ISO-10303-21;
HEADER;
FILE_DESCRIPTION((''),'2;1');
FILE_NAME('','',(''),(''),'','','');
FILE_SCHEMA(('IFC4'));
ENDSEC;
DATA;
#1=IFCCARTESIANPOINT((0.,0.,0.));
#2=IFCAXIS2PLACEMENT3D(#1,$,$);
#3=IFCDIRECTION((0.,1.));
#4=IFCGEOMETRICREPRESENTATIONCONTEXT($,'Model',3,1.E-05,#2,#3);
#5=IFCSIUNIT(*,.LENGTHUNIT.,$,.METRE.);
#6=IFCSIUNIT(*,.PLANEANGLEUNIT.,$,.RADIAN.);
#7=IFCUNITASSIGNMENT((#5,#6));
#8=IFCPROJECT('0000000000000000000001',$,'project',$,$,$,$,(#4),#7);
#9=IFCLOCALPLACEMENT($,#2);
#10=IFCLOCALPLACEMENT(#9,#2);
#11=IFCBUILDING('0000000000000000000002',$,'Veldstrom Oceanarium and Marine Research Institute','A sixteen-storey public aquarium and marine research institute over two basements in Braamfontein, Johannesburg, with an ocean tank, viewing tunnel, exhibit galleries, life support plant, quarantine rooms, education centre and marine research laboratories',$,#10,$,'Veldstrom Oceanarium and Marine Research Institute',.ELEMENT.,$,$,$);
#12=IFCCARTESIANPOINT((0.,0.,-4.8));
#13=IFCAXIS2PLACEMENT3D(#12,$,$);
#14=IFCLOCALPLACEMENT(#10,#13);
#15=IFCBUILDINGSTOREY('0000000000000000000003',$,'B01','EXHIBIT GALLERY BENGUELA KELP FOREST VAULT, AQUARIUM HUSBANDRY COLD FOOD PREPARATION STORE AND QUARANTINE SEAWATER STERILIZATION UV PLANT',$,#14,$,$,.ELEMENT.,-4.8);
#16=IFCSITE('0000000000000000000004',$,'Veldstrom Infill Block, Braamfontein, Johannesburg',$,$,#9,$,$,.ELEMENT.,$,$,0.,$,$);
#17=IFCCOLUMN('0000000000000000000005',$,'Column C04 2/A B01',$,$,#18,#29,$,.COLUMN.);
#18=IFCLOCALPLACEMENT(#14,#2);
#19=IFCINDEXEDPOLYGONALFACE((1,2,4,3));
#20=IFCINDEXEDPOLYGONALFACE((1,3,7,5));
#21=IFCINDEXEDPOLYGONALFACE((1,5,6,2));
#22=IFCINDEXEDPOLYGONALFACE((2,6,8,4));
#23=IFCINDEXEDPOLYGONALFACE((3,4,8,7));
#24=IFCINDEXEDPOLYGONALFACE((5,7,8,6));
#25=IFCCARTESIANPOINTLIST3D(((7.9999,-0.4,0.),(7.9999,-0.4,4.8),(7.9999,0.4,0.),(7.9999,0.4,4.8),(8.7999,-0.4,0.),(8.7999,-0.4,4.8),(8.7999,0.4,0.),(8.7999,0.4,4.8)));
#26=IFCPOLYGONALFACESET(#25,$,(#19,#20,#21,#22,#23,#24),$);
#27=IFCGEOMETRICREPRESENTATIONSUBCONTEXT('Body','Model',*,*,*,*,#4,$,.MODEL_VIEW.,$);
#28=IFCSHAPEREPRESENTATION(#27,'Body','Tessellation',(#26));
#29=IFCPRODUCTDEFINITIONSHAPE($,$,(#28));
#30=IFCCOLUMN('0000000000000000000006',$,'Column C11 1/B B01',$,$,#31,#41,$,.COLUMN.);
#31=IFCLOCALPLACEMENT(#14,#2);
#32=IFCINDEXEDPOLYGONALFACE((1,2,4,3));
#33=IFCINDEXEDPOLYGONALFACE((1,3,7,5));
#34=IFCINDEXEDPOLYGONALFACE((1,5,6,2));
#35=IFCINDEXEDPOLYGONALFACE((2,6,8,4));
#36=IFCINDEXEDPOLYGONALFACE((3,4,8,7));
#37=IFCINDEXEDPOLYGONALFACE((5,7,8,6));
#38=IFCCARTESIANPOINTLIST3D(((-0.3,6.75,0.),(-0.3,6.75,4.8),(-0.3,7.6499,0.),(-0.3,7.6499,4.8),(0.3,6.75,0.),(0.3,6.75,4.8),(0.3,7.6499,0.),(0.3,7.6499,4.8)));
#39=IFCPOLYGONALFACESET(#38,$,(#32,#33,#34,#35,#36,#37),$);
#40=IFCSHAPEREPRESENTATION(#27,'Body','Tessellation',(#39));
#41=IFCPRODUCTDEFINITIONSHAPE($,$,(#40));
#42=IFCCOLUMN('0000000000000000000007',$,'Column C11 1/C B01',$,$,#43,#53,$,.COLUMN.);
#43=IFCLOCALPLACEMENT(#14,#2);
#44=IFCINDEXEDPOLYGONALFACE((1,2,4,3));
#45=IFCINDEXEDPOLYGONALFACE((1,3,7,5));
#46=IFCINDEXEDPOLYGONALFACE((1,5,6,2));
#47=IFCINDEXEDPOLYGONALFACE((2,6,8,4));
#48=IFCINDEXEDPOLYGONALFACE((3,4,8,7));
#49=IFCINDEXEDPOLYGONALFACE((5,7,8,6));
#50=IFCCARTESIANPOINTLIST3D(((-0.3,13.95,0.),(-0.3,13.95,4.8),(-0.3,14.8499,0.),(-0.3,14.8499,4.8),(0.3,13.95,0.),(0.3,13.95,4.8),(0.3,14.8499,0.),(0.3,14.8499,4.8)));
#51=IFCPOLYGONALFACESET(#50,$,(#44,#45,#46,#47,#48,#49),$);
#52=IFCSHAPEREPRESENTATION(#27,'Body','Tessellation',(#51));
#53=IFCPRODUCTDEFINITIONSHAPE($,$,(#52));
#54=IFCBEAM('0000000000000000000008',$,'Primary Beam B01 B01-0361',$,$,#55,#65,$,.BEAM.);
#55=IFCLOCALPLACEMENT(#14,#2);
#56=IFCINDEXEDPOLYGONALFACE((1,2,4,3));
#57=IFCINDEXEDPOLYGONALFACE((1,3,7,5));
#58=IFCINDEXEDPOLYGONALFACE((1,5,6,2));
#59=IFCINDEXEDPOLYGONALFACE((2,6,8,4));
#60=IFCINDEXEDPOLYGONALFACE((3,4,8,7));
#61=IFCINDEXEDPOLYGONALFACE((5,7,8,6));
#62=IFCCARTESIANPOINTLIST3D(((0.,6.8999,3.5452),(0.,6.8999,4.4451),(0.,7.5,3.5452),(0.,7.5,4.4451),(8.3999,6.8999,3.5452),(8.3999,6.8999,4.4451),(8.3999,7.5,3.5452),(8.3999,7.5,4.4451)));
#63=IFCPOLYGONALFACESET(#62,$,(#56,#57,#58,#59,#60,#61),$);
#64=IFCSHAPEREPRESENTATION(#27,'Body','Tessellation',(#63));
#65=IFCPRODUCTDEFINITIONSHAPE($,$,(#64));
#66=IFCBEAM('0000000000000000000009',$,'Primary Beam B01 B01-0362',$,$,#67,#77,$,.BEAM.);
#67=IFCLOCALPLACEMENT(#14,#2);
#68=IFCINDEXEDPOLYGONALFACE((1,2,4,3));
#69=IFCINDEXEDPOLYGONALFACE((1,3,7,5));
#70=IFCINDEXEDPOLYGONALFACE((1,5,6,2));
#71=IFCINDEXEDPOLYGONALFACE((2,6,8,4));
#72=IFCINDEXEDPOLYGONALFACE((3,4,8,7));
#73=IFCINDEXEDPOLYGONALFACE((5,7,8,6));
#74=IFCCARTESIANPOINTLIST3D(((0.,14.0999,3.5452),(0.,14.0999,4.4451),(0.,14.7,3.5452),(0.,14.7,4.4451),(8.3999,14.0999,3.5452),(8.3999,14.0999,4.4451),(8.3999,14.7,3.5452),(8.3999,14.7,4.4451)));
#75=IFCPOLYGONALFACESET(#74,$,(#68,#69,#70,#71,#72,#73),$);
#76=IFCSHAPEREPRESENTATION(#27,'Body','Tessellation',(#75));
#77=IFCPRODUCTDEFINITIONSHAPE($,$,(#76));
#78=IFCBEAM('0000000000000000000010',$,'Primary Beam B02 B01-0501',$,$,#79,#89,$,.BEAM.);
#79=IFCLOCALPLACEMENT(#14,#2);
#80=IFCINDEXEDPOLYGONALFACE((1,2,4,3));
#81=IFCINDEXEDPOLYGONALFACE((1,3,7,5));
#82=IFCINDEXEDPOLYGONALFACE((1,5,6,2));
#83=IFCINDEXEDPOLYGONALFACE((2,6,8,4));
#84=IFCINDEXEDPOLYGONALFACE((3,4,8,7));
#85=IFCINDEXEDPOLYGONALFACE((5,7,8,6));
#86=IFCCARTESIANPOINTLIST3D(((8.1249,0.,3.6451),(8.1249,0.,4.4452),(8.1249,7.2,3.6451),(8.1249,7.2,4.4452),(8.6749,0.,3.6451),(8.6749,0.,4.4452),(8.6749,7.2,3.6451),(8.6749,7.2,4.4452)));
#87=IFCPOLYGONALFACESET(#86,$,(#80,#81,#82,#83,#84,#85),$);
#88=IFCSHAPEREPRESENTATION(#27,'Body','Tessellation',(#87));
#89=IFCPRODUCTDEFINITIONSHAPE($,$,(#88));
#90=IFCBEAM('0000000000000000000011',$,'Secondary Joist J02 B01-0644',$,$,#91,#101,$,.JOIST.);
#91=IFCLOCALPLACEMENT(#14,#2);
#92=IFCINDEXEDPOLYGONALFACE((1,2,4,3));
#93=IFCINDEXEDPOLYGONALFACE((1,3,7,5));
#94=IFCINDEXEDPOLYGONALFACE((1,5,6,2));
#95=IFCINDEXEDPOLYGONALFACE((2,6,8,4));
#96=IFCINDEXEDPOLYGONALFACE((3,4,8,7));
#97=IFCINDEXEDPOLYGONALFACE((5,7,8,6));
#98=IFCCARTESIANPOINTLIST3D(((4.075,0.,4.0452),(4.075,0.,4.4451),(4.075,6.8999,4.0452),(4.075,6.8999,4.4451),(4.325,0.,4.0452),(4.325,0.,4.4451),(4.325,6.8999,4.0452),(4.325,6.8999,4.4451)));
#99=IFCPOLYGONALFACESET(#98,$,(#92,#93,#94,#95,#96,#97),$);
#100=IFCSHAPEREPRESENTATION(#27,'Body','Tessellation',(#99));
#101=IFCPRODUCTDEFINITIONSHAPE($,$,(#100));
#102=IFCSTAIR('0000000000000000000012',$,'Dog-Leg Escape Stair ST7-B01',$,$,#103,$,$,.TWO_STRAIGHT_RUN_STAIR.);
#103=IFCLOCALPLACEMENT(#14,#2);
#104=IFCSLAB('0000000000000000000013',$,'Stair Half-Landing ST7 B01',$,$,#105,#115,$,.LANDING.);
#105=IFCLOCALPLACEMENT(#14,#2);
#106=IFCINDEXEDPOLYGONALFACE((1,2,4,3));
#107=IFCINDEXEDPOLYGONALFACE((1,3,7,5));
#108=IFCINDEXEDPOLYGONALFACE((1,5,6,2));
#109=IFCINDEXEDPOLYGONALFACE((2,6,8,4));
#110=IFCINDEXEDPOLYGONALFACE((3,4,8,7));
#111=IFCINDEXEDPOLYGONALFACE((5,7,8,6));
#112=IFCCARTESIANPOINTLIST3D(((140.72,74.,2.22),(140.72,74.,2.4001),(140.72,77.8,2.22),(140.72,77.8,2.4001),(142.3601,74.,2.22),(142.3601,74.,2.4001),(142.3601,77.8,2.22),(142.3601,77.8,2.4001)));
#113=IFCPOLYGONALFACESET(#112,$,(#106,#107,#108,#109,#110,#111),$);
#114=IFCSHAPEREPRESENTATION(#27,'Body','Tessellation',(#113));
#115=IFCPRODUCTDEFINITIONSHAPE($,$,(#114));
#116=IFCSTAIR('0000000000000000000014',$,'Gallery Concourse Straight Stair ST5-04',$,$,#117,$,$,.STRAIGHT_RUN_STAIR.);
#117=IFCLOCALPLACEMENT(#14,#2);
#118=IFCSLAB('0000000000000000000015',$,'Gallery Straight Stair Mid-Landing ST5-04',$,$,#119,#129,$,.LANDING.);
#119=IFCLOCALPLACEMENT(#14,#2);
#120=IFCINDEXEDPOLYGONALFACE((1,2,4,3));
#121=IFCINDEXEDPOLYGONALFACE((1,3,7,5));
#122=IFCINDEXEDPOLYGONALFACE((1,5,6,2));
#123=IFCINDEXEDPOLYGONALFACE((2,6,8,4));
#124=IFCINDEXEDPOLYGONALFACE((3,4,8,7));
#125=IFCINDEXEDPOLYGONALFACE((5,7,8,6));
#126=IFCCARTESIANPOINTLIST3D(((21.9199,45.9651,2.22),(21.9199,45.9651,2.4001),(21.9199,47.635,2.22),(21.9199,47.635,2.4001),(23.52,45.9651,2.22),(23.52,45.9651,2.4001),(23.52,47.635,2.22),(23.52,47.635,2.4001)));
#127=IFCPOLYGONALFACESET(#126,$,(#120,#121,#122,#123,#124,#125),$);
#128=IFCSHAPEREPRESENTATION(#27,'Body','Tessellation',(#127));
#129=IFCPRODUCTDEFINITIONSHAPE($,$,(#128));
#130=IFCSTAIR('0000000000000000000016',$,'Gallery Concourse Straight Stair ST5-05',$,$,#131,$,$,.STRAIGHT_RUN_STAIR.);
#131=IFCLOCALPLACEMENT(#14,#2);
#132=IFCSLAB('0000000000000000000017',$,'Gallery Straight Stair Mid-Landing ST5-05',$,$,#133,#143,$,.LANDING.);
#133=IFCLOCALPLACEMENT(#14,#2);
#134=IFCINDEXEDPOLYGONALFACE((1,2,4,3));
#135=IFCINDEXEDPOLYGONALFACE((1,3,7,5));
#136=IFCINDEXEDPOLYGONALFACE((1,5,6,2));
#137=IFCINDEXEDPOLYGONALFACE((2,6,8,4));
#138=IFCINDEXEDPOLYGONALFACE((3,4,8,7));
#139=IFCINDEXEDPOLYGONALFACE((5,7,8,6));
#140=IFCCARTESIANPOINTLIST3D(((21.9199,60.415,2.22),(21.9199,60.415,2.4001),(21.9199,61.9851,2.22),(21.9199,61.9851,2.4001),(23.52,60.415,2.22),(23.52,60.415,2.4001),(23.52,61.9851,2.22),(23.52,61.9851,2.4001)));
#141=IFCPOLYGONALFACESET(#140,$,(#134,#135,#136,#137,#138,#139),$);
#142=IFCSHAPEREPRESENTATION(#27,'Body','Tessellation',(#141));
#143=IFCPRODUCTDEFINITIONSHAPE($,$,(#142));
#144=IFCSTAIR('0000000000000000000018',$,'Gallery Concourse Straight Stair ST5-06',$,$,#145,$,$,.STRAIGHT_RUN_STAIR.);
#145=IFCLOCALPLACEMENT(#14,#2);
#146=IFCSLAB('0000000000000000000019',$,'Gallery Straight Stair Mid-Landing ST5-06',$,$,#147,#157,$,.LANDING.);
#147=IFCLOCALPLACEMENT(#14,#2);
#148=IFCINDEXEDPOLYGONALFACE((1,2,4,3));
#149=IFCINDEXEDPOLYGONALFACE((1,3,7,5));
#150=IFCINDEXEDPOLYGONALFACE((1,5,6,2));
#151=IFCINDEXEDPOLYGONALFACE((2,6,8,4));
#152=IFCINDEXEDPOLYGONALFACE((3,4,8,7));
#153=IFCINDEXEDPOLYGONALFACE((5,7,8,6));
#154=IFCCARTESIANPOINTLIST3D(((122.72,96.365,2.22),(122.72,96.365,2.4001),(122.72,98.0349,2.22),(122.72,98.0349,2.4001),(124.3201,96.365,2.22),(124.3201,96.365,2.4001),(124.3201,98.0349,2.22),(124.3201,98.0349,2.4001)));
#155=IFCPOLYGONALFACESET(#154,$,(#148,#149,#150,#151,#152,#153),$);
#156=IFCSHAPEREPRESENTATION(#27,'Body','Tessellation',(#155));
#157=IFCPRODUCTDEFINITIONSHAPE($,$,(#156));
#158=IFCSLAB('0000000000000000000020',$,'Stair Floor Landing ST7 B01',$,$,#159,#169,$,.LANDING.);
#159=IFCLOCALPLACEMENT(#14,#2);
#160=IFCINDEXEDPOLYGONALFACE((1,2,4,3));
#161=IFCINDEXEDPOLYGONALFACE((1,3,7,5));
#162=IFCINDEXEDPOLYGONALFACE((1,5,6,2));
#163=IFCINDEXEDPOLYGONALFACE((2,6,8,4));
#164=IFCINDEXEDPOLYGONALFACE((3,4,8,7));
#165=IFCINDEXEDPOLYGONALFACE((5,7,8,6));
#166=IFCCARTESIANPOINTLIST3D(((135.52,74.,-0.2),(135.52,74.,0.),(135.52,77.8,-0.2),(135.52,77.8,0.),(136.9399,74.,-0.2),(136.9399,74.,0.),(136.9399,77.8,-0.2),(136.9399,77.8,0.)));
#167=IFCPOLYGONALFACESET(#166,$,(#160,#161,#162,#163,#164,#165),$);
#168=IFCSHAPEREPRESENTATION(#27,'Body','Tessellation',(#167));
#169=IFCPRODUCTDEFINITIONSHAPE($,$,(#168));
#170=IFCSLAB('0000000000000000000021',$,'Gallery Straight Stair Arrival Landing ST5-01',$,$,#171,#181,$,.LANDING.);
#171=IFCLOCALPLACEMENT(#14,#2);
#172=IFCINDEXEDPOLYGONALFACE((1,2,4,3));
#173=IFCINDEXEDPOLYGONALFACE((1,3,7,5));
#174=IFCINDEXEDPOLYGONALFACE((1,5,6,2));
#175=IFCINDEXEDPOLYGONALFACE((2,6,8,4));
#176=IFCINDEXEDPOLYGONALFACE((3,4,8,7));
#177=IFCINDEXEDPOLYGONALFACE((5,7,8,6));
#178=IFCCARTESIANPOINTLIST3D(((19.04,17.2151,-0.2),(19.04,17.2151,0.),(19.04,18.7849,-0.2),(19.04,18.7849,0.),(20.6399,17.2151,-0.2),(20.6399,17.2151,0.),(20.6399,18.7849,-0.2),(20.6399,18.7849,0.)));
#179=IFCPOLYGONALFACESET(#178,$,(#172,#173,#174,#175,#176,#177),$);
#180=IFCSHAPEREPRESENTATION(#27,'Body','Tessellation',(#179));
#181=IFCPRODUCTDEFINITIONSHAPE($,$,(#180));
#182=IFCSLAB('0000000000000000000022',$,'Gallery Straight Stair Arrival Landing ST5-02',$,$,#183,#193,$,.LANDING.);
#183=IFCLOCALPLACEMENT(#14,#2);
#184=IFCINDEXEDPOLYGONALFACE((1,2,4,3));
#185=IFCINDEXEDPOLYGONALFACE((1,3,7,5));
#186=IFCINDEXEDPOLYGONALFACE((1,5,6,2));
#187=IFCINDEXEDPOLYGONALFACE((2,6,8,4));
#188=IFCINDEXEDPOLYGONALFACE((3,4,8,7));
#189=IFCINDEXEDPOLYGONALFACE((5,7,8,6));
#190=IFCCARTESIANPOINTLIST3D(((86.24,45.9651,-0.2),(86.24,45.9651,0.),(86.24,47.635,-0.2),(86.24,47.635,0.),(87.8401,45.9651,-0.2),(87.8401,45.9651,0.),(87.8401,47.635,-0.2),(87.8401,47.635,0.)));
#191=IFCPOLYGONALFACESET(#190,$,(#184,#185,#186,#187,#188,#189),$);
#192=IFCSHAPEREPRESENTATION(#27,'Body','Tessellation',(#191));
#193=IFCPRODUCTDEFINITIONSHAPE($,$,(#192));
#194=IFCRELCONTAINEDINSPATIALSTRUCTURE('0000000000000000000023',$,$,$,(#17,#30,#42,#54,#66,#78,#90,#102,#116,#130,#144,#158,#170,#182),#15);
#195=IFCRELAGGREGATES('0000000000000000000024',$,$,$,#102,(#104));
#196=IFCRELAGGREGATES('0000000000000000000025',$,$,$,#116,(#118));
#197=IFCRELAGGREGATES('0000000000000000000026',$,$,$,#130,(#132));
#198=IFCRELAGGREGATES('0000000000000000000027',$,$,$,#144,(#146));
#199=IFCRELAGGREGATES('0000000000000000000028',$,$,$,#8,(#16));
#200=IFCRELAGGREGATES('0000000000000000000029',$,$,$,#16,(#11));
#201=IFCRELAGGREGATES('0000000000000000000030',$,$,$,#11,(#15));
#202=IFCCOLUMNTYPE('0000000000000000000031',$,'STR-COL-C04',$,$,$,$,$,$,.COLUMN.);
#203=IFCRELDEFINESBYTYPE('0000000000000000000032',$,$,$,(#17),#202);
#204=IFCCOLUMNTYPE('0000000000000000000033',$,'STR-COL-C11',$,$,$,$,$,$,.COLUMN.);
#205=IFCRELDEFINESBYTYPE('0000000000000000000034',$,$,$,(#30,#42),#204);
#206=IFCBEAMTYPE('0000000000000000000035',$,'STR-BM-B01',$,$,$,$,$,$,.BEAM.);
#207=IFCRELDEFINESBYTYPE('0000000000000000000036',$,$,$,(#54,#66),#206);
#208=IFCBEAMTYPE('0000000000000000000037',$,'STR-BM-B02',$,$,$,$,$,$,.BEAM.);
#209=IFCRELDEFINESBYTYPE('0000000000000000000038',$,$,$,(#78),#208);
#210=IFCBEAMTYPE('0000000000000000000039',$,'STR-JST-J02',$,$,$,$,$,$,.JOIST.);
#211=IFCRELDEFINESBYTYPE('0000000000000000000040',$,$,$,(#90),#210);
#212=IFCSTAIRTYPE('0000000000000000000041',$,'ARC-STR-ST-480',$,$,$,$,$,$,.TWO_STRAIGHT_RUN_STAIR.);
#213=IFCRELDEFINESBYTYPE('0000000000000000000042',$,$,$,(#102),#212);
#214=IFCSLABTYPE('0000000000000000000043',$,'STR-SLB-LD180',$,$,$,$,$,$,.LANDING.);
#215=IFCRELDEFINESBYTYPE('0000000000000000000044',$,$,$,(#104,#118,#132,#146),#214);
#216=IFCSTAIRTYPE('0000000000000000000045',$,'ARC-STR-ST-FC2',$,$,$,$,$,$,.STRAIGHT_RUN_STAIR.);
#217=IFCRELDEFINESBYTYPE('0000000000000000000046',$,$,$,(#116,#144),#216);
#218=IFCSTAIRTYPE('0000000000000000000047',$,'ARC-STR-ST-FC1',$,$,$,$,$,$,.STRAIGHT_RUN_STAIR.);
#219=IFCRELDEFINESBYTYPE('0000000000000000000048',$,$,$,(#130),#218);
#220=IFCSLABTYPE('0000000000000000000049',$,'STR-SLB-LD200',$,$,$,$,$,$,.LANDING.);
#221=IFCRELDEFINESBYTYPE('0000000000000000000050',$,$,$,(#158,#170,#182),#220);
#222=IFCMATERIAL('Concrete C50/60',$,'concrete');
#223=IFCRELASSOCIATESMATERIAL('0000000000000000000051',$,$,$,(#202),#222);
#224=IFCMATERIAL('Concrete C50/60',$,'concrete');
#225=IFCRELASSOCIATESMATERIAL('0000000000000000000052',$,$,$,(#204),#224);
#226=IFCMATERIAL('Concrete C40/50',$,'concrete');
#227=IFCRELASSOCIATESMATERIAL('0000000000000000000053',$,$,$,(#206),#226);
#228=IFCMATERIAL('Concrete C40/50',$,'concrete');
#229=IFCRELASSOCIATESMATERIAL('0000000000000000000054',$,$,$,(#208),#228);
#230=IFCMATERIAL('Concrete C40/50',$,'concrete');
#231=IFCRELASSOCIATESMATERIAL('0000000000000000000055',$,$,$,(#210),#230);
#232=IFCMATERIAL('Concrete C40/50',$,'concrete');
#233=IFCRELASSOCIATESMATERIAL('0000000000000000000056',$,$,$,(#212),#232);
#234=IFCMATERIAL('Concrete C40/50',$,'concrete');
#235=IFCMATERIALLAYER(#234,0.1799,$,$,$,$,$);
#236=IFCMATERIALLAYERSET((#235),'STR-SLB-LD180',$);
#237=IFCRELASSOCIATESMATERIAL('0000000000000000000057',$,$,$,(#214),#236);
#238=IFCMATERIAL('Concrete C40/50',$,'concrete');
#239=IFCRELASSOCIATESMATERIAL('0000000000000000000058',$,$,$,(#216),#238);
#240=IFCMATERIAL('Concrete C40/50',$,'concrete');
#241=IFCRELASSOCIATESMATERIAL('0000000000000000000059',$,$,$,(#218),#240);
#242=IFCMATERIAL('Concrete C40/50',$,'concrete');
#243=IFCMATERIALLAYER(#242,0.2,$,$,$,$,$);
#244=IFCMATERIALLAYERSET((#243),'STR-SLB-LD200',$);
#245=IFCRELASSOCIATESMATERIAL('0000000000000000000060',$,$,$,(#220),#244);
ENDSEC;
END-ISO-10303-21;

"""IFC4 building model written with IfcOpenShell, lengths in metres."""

from ifc_helpers import new_model, si_unit, direction, frame, origin, origin_2d, place, context, subcontext, project, spatial, polyline, rectangle, outline, extrude, material, layer, layer_set, material_profile, profile_set, type_object, element, aggregate, save


model = new_model("IFC4")

# Units and contexts
model_context = context("Model", 3, precision=1e-05, world=origin(), true_north=direction((0.0, 1.0)))
body_context = subcontext(model_context, "Body", "Model", "MODEL_VIEW")
ifc_project = project(units=[si_unit("LENGTHUNIT", "METRE"), si_unit("PLANEANGLEUNIT", "RADIAN")], contexts=[model_context])

# Site, building, storey
site_placement = place(None, origin())
site = spatial("IfcSite", under=ifc_project, at=site_placement, Name="Veldstrom Infill Block, Braamfontein, Johannesburg", CompositionType="ELEMENT", RefElevation=0.0)
building_placement = place(site_placement, origin())
building = spatial("IfcBuilding", under=site, at=building_placement, Name="Veldstrom Oceanarium and Marine Research Institute", Description="A sixteen-storey public aquarium and marine research institute over two basements in Braamfontein, Johannesburg, with an ocean tank, viewing tunnel, exhibit galleries, life support plant, quarantine rooms, education centre and marine research laboratories", LongName="Veldstrom Oceanarium and Marine Research Institute", CompositionType="ELEMENT")
storey_placement = place(building_placement, frame((0.0, 0.0, -4.8)))
storey = spatial("IfcBuildingStorey", under=building, at=storey_placement, Name="B01", Description="EXHIBIT GALLERY BENGUELA KELP FOREST VAULT, AQUARIUM HUSBANDRY COLD FOOD PREPARATION STORE AND QUARANTINE SEAWATER STERILIZATION UV PLANT", CompositionType="ELEMENT", Elevation=-4.8)

# Columns
ifc_material_1 = material(Name="Concrete C50/60", Category="concrete")
ifc_material_profile_1 = material_profile(ifc_material_1, rectangle(XDim=0.8, YDim=0.8, at=origin_2d()), Name="RC-COL-800x800")
ifc_profile_set_1 = profile_set([ifc_material_profile_1], Name="Concrete C50/60")
column_type_1 = type_object("IfcColumnType", Name="STR-COL-C04", PredefinedType="COLUMN", material=ifc_profile_set_1)
column_placement = place(storey_placement, frame((8.3999, 0.0, 0.0), z_axis=(0.0, 0.0, 1.0), x_axis=(1.0, 0.0, 0.0)))
element("IfcColumn", 1, at=column_placement, inside=storey, type_object=column_type_1, Name="Column C04 2/A B01", PredefinedType="COLUMN", context=body_context, shape_type="SweptSolid", body=[
    extrude(rectangle(XDim=0.8, YDim=0.8, at=origin_2d()), origin(), (0.0, 0.0, 1.0), 4.8),
])
ifc_material_2 = material(Name="Concrete C50/60", Category="concrete")
ifc_material_profile_2 = material_profile(ifc_material_2, rectangle(XDim=0.6001, YDim=0.8999, at=origin_2d()), Name="RC-COL-900x600")
ifc_profile_set_2 = profile_set([ifc_material_profile_2], Name="Concrete C50/60")
column_type_2 = type_object("IfcColumnType", Name="STR-COL-C11", PredefinedType="COLUMN", material=ifc_profile_set_2)
for number, where, z_axis, x_axis, name in (
    (2, (0.0, 7.2, 0.0), (0.0, 0.0, 1.0), (1.0, 0.0, 0.0), "Column C11 1/B B01"),
    (3, (0.0, 14.3999, 0.0), (0.0, 0.0, 1.0), (1.0, 0.0, 0.0), "Column C11 1/C B01"),
):
    element("IfcColumn", number, at=place(storey_placement, frame(where, z_axis=z_axis, x_axis=x_axis)), inside=storey, type_object=column_type_2, Name=name, PredefinedType="COLUMN", context=body_context, shape_type="SweptSolid", body=[
        extrude(rectangle(XDim=0.6001, YDim=0.8999, at=origin_2d()), origin(), (0.0, 0.0, 1.0), 4.8),
    ])

# Beams
ifc_material_3 = material(Name="Concrete C40/50", Category="concrete")
ifc_material_profile_3 = material_profile(ifc_material_3, rectangle(XDim=0.6001, YDim=0.8999, at=origin_2d()), Name="RC-BM-600x900")
ifc_profile_set_3 = profile_set([ifc_material_profile_3], Name="Concrete C40/50")
beam_type_1 = type_object("IfcBeamType", Name="STR-BM-B01", PredefinedType="BEAM", material=ifc_profile_set_3)
for number, where, z_axis, x_axis, name in (
    (4, (0.0, 7.2, 3.9951), (1.0, 0.0, 0.0), (0.0, 1.0, 0.0), "Primary Beam B01 B01-0361"),
    (5, (0.0, 14.3999, 3.9951), (1.0, 0.0, 0.0), (0.0, 1.0, 0.0), "Primary Beam B01 B01-0362"),
):
    element("IfcBeam", number, at=place(storey_placement, frame(where, z_axis=z_axis, x_axis=x_axis)), inside=storey, type_object=beam_type_1, Name=name, PredefinedType="BEAM", context=body_context, shape_type="SweptSolid", body=[
        extrude(rectangle(XDim=0.6001, YDim=0.8999, at=origin_2d()), origin(), (0.0, 0.0, 1.0), 8.3999),
    ])
ifc_material_4 = material(Name="Concrete C40/50", Category="concrete")
ifc_material_profile_4 = material_profile(ifc_material_4, rectangle(XDim=0.55, YDim=0.8, at=origin_2d()), Name="RC-BM-550x800")
ifc_profile_set_4 = profile_set([ifc_material_profile_4], Name="Concrete C40/50")
beam_type_2 = type_object("IfcBeamType", Name="STR-BM-B02", PredefinedType="BEAM", material=ifc_profile_set_4)
beam_1_placement = place(storey_placement, frame((8.3999, 0.0, 4.0452), z_axis=(0.0, 1.0, 0.0), x_axis=(-1.0, 0.0, 0.0)))
element("IfcBeam", 6, at=beam_1_placement, inside=storey, type_object=beam_type_2, Name="Primary Beam B02 B01-0501", PredefinedType="BEAM", context=body_context, shape_type="SweptSolid", body=[
    extrude(rectangle(XDim=0.55, YDim=0.8, at=origin_2d()), origin(), (0.0, 0.0, 1.0), 7.2),
])
ifc_material_5 = material(Name="Concrete C40/50", Category="concrete")
ifc_material_profile_5 = material_profile(ifc_material_5, rectangle(XDim=0.25, YDim=0.3999, at=origin_2d()), Name="RC-JST-250x400")
ifc_profile_set_5 = profile_set([ifc_material_profile_5], Name="Concrete C40/50")
beam_type_3 = type_object("IfcBeamType", Name="STR-JST-J02", PredefinedType="JOIST", material=ifc_profile_set_5)
beam_2_placement = place(storey_placement, frame((4.2, 0.0, 4.2451), z_axis=(0.0, 1.0, 0.0), x_axis=(-1.0, 0.0, 0.0)))
element("IfcBeam", 7, at=beam_2_placement, inside=storey, type_object=beam_type_3, Name="Secondary Joist J02 B01-0644", PredefinedType="JOIST", context=body_context, shape_type="SweptSolid", body=[
    extrude(rectangle(XDim=0.25, YDim=0.3999, at=origin_2d()), origin(), (0.0, 0.0, 1.0), 6.8999),
])

# Stairs, slabs
ifc_material_6 = material(Name="Concrete C40/50", Category="concrete")
stair_type_1 = type_object("IfcStairType", Name="ARC-STR-ST-480", PredefinedType="TWO_STRAIGHT_RUN_STAIR", material=ifc_material_6)
stair_1_placement = place(storey_placement, origin())
stair_1 = element("IfcStair", 8, at=stair_1_placement, inside=storey, type_object=stair_type_1, Name="Dog-Leg Escape Stair ST7-B01", PredefinedType="TWO_STRAIGHT_RUN_STAIR")
ifc_material_7 = material(Name="Concrete C40/50", Category="concrete")
ifc_layer_1 = layer(ifc_material_7, 0.1799)
ifc_layer_set_1 = layer_set([ifc_layer_1], Name="STR-SLB-LD180")
slab_type_1 = type_object("IfcSlabType", Name="STR-SLB-LD180", PredefinedType="LANDING", material=ifc_layer_set_1)
slab_1_placement = place(storey_placement, frame((0.0, 0.0, 2.22)))
slab_1 = element("IfcSlab", 9, at=slab_1_placement, type_object=slab_type_1, Name="Stair Half-Landing ST7 B01", PredefinedType="LANDING", context=body_context, shape_type="SweptSolid", body=[
    extrude(outline(polyline([(140.72, 74.0), (142.3601, 74.0), (142.3601, 77.8), (140.72, 77.8), (140.72, 74.0)])), origin(), (0.0, 0.0, 1.0), 0.1802),
])
aggregate(stair_1, [slab_1])
ifc_material_8 = material(Name="Concrete C40/50", Category="concrete")
stair_type_2 = type_object("IfcStairType", Name="ARC-STR-ST-FC2", PredefinedType="STRAIGHT_RUN_STAIR", material=ifc_material_8)
stair_2_placement = place(storey_placement, origin())
stair_2 = element("IfcStair", 10, at=stair_2_placement, inside=storey, type_object=stair_type_2, Name="Gallery Concourse Straight Stair ST5-04", PredefinedType="STRAIGHT_RUN_STAIR")
slab_2_placement = place(storey_placement, frame((0.0, 0.0, 2.22)))
slab_2 = element("IfcSlab", 11, at=slab_2_placement, type_object=slab_type_1, Name="Gallery Straight Stair Mid-Landing ST5-04", PredefinedType="LANDING", context=body_context, shape_type="SweptSolid", body=[
    extrude(outline(polyline([(21.9199, 45.9651), (23.52, 45.9651), (23.52, 47.635), (21.9199, 47.635), (21.9199, 45.9651)])), origin(), (0.0, 0.0, 1.0), 0.1802),
])
aggregate(stair_2, [slab_2])
ifc_material_9 = material(Name="Concrete C40/50", Category="concrete")
stair_type_3 = type_object("IfcStairType", Name="ARC-STR-ST-FC1", PredefinedType="STRAIGHT_RUN_STAIR", material=ifc_material_9)
stair_3_placement = place(storey_placement, origin())
stair_3 = element("IfcStair", 12, at=stair_3_placement, inside=storey, type_object=stair_type_3, Name="Gallery Concourse Straight Stair ST5-05", PredefinedType="STRAIGHT_RUN_STAIR")
slab_3_placement = place(storey_placement, frame((0.0, 0.0, 2.22)))
slab_3 = element("IfcSlab", 13, at=slab_3_placement, type_object=slab_type_1, Name="Gallery Straight Stair Mid-Landing ST5-05", PredefinedType="LANDING", context=body_context, shape_type="SweptSolid", body=[
    extrude(outline(polyline([(21.9199, 60.415), (23.52, 60.415), (23.52, 61.9851), (21.9199, 61.9851), (21.9199, 60.415)])), origin(), (0.0, 0.0, 1.0), 0.1802),
])
aggregate(stair_3, [slab_3])
stair_4_placement = place(storey_placement, origin())
stair_4 = element("IfcStair", 14, at=stair_4_placement, inside=storey, type_object=stair_type_2, Name="Gallery Concourse Straight Stair ST5-06", PredefinedType="STRAIGHT_RUN_STAIR")
slab_4_placement = place(storey_placement, frame((0.0, 0.0, 2.22)))
slab_4 = element("IfcSlab", 15, at=slab_4_placement, type_object=slab_type_1, Name="Gallery Straight Stair Mid-Landing ST5-06", PredefinedType="LANDING", context=body_context, shape_type="SweptSolid", body=[
    extrude(outline(polyline([(122.72, 96.365), (124.3201, 96.365), (124.3201, 98.0349), (122.72, 98.0349), (122.72, 96.365)])), origin(), (0.0, 0.0, 1.0), 0.1802),
])
aggregate(stair_4, [slab_4])

# Slabs
ifc_material_10 = material(Name="Concrete C40/50", Category="concrete")
ifc_layer_2 = layer(ifc_material_10, 0.2)
ifc_layer_set_2 = layer_set([ifc_layer_2], Name="STR-SLB-LD200")
slab_type_2 = type_object("IfcSlabType", Name="STR-SLB-LD200", PredefinedType="LANDING", material=ifc_layer_set_2)
slab_5_placement = place(storey_placement, frame((0.0, 0.0, -0.2)))
element("IfcSlab", 16, at=slab_5_placement, inside=storey, type_object=slab_type_2, Name="Stair Floor Landing ST7 B01", PredefinedType="LANDING", context=body_context, shape_type="SweptSolid", body=[
    extrude(outline(polyline([(135.52, 74.0), (136.9399, 74.0), (136.9399, 77.8), (135.52, 77.8), (135.52, 74.0)])), origin(), (0.0, 0.0, 1.0), 0.2),
])
slab_6_placement = place(storey_placement, frame((0.0, 0.0, -0.2)))
element("IfcSlab", 17, at=slab_6_placement, inside=storey, type_object=slab_type_2, Name="Gallery Straight Stair Arrival Landing ST5-01", PredefinedType="LANDING", context=body_context, shape_type="SweptSolid", body=[
    extrude(outline(polyline([(19.04, 17.2151), (20.6399, 17.2151), (20.6399, 18.7849), (19.04, 18.7849), (19.04, 17.2151)])), origin(), (0.0, 0.0, 1.0), 0.2),
])
slab_7_placement = place(storey_placement, frame((0.0, 0.0, -0.2)))
element("IfcSlab", 18, at=slab_7_placement, inside=storey, type_object=slab_type_2, Name="Gallery Straight Stair Arrival Landing ST5-02", PredefinedType="LANDING", context=body_context, shape_type="SweptSolid", body=[
    extrude(outline(polyline([(86.24, 45.9651), (87.8401, 45.9651), (87.8401, 47.635), (86.24, 47.635), (86.24, 45.9651)])), origin(), (0.0, 0.0, 1.0), 0.2),
])

save(model, "model.ifc")
